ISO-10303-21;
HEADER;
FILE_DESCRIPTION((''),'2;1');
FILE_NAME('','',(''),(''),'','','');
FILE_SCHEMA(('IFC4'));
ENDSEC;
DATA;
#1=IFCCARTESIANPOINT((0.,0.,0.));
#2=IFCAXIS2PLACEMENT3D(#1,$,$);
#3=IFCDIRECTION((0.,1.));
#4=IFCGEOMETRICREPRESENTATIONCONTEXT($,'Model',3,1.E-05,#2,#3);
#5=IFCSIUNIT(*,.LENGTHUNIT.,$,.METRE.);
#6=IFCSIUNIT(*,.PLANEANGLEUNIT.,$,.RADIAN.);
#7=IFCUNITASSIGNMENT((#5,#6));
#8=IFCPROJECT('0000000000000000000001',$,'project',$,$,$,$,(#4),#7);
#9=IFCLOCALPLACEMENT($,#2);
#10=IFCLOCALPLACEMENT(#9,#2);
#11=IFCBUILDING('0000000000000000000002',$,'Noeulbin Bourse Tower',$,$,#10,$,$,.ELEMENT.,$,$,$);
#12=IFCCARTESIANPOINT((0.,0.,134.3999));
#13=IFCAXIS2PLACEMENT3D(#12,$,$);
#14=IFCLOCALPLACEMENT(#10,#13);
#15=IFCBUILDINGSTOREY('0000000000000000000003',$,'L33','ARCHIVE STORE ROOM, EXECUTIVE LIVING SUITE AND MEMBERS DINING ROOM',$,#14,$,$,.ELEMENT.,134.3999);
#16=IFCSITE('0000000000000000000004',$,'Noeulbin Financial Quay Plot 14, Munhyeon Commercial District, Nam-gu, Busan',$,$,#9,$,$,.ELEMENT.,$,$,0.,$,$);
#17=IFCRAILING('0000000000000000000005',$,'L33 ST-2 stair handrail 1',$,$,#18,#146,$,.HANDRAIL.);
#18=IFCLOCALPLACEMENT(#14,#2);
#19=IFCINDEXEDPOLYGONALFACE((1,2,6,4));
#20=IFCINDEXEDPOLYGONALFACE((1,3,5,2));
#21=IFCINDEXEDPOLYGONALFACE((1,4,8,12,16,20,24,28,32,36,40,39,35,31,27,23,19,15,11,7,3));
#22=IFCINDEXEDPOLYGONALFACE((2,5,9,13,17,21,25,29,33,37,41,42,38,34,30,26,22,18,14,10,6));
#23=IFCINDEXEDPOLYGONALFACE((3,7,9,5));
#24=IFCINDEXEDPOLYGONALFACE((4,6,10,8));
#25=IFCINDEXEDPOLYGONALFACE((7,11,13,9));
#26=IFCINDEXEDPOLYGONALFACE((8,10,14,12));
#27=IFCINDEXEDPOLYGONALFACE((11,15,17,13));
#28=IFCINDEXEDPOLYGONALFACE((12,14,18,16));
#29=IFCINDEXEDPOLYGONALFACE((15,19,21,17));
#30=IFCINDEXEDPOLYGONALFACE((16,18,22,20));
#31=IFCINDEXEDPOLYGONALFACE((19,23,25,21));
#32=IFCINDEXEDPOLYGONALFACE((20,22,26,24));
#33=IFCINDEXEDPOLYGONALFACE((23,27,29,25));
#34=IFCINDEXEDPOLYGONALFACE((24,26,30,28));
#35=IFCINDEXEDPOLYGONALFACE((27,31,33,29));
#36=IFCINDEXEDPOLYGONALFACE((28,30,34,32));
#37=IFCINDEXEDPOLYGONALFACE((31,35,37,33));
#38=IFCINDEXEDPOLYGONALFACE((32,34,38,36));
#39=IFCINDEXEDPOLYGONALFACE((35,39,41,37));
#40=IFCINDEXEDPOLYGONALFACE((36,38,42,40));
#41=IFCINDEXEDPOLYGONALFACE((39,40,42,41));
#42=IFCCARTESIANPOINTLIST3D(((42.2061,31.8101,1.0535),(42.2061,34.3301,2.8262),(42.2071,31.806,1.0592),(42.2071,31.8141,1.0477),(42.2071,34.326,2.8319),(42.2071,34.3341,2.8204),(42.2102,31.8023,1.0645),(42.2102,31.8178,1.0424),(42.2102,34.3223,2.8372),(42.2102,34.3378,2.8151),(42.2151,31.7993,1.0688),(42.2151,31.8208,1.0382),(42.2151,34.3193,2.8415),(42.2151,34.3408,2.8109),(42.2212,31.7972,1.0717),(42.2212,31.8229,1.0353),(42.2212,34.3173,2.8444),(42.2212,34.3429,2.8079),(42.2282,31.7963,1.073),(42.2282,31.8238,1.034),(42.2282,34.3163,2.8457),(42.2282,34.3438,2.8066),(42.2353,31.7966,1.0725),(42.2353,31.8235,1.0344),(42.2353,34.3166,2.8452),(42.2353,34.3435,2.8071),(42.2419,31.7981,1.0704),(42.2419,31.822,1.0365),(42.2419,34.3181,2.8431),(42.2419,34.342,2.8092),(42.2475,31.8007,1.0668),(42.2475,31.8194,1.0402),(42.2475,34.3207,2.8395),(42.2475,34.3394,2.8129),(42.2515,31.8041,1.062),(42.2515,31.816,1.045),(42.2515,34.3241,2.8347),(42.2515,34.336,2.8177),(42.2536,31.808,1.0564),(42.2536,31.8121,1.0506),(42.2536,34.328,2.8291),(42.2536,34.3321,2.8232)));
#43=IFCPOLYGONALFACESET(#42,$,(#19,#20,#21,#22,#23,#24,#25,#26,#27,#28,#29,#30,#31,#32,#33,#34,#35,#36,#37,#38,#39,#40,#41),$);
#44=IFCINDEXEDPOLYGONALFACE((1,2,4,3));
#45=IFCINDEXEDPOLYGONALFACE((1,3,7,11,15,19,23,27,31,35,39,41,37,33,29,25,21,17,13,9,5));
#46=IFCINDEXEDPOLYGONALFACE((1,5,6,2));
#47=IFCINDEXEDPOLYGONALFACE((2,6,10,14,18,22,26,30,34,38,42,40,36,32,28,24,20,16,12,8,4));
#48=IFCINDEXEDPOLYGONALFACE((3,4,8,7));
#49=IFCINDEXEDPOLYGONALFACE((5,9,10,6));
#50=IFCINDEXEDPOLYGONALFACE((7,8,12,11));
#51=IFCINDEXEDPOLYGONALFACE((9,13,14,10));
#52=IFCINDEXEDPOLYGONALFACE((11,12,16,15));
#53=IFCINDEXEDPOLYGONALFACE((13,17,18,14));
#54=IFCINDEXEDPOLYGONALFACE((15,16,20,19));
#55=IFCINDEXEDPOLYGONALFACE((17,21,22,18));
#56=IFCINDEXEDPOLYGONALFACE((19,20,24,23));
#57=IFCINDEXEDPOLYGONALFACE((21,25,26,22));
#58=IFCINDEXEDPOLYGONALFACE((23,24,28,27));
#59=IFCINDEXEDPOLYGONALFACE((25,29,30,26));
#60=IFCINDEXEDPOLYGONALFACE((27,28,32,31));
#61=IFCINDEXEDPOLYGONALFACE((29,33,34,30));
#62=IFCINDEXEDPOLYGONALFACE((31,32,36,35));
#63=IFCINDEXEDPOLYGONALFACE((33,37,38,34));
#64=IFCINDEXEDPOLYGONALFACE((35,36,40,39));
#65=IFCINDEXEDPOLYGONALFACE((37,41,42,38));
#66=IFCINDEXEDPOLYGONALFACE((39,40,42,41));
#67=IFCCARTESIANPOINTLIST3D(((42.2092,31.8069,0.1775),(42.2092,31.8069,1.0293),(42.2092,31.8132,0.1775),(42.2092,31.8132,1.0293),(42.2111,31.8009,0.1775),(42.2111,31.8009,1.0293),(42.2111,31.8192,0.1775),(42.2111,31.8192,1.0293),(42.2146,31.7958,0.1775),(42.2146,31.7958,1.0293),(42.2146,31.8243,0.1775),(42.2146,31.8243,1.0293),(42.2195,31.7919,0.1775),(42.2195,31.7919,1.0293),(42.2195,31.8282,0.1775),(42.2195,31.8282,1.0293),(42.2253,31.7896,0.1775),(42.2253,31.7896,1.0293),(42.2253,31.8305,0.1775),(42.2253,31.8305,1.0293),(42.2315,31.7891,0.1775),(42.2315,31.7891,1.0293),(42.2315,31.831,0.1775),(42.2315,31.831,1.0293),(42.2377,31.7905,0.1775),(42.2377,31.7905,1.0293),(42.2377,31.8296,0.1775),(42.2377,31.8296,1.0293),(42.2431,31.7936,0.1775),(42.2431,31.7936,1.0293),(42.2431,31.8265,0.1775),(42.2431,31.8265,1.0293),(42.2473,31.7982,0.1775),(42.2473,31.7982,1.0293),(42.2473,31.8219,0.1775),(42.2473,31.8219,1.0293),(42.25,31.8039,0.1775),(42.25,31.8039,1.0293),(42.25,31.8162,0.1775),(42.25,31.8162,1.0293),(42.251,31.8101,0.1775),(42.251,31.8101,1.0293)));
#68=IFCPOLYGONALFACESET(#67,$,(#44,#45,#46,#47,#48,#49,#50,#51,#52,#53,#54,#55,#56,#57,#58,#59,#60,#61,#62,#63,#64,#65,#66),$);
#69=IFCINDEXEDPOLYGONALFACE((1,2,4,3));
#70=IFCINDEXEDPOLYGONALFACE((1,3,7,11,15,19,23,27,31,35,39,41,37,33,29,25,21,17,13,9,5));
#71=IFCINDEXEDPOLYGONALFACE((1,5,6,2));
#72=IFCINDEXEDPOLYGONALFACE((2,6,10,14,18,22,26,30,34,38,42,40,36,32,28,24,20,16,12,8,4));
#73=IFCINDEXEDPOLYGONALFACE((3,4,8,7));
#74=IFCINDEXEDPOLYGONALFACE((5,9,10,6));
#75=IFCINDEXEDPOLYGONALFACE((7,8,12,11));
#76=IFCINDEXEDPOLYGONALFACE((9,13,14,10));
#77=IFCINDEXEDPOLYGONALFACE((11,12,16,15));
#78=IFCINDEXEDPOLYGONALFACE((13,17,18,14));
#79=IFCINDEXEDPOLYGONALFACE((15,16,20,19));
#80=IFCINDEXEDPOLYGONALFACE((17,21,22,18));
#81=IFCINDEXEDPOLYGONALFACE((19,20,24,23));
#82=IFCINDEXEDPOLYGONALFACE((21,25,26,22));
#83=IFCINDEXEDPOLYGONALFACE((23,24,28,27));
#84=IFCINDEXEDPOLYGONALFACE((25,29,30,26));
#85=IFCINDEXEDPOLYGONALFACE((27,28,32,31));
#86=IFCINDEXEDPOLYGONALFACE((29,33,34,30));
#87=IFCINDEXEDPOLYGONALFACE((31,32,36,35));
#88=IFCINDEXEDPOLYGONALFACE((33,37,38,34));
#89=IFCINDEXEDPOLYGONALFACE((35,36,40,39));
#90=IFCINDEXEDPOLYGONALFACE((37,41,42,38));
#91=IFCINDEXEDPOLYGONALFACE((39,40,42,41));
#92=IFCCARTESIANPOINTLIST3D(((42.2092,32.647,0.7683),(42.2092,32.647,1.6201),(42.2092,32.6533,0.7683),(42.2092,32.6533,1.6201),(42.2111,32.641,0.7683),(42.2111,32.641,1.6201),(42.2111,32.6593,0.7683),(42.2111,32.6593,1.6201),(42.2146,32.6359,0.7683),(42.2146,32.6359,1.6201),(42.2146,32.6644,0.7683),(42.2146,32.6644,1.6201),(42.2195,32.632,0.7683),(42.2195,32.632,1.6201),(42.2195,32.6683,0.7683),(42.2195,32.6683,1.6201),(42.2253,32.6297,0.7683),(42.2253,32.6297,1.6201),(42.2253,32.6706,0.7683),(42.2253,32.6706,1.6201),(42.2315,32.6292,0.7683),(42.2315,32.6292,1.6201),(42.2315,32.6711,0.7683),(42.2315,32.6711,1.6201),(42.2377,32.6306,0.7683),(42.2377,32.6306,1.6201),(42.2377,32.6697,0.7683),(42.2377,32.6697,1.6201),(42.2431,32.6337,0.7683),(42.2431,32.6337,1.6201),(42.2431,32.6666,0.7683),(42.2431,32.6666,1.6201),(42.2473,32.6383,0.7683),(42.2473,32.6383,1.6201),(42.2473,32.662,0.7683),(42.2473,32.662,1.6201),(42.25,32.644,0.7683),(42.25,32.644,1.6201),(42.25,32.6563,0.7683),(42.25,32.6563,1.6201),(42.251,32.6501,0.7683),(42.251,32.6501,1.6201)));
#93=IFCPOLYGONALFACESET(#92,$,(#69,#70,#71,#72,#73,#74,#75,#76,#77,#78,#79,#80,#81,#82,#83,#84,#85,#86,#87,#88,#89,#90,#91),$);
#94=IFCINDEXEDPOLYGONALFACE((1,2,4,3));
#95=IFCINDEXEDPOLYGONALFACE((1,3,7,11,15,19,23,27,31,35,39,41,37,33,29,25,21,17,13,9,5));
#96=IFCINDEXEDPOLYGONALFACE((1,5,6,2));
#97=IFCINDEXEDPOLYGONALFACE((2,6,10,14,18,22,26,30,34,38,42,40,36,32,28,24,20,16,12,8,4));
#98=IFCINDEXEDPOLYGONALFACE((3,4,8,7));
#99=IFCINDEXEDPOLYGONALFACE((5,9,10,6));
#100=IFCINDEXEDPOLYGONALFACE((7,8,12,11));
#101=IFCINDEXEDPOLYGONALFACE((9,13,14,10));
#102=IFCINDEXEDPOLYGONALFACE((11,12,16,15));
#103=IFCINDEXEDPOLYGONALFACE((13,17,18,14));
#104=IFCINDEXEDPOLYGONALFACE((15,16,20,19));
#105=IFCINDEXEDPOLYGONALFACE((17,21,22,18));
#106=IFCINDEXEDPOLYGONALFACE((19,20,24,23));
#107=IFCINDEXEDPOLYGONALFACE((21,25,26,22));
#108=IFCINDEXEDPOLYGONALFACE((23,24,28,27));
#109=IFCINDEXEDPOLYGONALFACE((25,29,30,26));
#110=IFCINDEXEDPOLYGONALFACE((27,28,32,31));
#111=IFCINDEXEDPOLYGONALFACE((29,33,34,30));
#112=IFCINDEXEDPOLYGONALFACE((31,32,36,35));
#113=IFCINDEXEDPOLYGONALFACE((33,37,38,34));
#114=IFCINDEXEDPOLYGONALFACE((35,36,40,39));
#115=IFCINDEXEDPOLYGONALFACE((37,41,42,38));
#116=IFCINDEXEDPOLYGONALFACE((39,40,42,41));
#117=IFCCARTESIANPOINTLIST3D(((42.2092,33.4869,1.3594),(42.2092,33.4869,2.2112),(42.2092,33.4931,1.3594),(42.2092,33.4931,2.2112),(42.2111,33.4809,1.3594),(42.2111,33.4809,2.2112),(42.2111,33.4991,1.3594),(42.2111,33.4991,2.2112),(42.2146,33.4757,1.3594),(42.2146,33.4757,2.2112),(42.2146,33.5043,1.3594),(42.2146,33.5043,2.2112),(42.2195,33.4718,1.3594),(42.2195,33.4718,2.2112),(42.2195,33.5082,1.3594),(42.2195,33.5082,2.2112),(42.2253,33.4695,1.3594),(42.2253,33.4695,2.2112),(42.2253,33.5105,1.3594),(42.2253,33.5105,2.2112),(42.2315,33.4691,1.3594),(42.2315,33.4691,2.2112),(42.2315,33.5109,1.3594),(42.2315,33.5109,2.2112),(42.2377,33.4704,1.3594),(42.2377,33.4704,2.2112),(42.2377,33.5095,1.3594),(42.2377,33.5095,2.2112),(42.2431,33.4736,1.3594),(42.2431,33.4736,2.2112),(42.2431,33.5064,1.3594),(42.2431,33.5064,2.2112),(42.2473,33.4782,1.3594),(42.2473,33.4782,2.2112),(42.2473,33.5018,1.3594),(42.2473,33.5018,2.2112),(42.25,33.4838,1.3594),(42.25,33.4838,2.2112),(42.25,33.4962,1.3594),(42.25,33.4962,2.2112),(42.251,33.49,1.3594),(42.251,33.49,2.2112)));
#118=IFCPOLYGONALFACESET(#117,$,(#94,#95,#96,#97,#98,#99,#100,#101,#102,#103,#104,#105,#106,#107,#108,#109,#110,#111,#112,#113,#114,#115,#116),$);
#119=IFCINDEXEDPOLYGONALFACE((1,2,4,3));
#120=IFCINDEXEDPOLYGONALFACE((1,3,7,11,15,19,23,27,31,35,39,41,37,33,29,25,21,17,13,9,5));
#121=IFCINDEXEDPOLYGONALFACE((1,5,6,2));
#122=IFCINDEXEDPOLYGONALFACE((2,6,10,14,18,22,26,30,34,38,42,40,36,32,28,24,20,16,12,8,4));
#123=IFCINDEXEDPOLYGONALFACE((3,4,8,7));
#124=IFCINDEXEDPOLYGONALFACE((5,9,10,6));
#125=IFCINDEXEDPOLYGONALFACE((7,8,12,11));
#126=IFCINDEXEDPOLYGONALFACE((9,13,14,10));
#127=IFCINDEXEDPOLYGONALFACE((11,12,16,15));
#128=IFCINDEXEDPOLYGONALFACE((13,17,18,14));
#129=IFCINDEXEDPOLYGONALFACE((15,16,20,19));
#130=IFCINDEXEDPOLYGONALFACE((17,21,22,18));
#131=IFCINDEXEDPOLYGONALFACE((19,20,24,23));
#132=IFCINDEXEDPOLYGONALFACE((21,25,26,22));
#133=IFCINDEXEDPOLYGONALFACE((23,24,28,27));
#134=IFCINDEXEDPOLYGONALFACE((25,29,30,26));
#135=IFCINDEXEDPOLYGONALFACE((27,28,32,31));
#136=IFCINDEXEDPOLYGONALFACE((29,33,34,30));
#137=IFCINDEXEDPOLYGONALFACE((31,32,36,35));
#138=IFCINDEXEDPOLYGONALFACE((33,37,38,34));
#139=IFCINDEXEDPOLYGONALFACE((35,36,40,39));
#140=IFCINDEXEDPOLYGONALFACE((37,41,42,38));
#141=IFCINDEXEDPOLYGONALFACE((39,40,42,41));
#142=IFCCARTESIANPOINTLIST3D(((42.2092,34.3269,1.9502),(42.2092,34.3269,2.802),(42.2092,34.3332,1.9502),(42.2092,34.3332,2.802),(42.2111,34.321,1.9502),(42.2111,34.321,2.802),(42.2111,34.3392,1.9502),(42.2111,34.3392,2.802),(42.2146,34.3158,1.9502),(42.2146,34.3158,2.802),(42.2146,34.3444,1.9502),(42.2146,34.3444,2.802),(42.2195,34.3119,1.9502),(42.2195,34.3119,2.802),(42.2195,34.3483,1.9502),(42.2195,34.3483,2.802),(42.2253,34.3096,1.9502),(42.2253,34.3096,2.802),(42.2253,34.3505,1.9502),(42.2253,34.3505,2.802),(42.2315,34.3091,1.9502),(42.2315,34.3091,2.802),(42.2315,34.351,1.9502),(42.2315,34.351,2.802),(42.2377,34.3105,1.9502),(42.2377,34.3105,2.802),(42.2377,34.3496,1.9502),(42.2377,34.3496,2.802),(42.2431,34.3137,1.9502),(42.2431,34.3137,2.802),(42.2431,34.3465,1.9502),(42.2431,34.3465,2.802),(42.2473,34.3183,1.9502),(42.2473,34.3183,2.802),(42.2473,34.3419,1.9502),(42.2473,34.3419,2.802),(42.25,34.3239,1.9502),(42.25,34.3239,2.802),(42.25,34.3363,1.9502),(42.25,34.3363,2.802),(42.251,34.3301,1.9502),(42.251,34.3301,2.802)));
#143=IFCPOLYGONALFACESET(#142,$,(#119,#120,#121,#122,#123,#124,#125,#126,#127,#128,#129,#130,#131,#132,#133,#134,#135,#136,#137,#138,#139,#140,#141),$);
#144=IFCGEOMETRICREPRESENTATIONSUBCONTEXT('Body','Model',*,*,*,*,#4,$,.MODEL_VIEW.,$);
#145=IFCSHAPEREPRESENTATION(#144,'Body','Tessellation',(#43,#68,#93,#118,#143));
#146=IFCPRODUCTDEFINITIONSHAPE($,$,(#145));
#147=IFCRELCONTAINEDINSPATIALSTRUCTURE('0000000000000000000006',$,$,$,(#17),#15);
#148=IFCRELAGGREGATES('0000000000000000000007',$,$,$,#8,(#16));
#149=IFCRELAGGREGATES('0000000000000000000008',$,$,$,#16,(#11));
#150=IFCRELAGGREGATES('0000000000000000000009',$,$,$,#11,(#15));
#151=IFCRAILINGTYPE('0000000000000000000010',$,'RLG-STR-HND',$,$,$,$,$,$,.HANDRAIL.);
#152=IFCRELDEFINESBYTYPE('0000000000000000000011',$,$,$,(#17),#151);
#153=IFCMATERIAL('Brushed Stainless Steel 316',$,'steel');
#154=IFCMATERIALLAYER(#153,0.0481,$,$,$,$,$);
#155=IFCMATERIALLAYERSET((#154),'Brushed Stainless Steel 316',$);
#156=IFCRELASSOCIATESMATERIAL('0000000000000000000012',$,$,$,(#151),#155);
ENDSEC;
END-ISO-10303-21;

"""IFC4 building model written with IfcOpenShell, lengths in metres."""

from ifc_helpers import new_model, si_unit, direction, frame, origin, origin_2d, place, context, subcontext, project, spatial, circle, extrude, material, layer, layer_set, type_object, element, save


model = new_model("IFC4")

# Units and contexts
model_context = context("Model", 3, precision=1e-05, world=origin(), true_north=direction((0.0, 1.0)))
body_context = subcontext(model_context, "Body", "Model", "MODEL_VIEW")
ifc_project = project(units=[si_unit("LENGTHUNIT", "METRE"), si_unit("PLANEANGLEUNIT", "RADIAN")], contexts=[model_context])

# Site, building, storey
site_placement = place(None, origin())
site = spatial("IfcSite", under=ifc_project, at=site_placement, Name="Noeulbin Financial Quay Plot 14, Munhyeon Commercial District, Nam-gu, Busan", CompositionType="ELEMENT", RefElevation=0.0)
building_placement = place(site_placement, origin())
building = spatial("IfcBuilding", under=site, at=building_placement, Name="Noeulbin Bourse Tower", CompositionType="ELEMENT")
storey_placement = place(building_placement, frame((0.0, 0.0, 134.3999)))
storey = spatial("IfcBuildingStorey", under=building, at=storey_placement, Name="L33", Description="ARCHIVE STORE ROOM, EXECUTIVE LIVING SUITE AND MEMBERS DINING ROOM", CompositionType="ELEMENT", Elevation=134.3999)

# Railing
ifc_material_1 = material(Name="Brushed Stainless Steel 316", Category="steel")
ifc_layer_1 = layer(ifc_material_1, 0.0481)
ifc_layer_set_1 = layer_set([ifc_layer_1], Name="Brushed Stainless Steel 316")
railing_type_1 = type_object("IfcRailingType", Name="RLG-STR-HND", PredefinedType="HANDRAIL", material=ifc_layer_set_1)
railing_1_placement = place(storey_placement, frame((42.23, 31.8101, 0.1775)))
element("IfcRailing", 1, at=railing_1_placement, inside=storey, type_object=railing_type_1, Name="L33 ST-2 stair handrail 1", PredefinedType="HANDRAIL", context=body_context, shape_type="SweptSolid", body=[
    extrude(circle(Radius=0.0239, at=origin_2d()), frame((0.0, 0.0, 0.876), z_axis=(0.0, 0.817904, 0.575354), x_axis=(-1.0, 0.0, 0.0)), (0.0, 0.0, 1.0), 3.0811),
    extrude(circle(Radius=0.021, at=origin_2d()), origin(), (0.0, 0.0, 1.0), 0.8518),
    extrude(circle(Radius=0.021, at=origin_2d()), frame((0.0, 0.8401, 0.5908)), (0.0, 0.0, 1.0), 0.8518),
    extrude(circle(Radius=0.021, at=origin_2d()), frame((0.0, 1.6799, 1.1819)), (0.0, 0.0, 1.0), 0.8518),
    extrude(circle(Radius=0.021, at=origin_2d()), frame((0.0, 2.52, 1.7727)), (0.0, 0.0, 1.0), 0.8518),
])

save(model, "model.ifc")
